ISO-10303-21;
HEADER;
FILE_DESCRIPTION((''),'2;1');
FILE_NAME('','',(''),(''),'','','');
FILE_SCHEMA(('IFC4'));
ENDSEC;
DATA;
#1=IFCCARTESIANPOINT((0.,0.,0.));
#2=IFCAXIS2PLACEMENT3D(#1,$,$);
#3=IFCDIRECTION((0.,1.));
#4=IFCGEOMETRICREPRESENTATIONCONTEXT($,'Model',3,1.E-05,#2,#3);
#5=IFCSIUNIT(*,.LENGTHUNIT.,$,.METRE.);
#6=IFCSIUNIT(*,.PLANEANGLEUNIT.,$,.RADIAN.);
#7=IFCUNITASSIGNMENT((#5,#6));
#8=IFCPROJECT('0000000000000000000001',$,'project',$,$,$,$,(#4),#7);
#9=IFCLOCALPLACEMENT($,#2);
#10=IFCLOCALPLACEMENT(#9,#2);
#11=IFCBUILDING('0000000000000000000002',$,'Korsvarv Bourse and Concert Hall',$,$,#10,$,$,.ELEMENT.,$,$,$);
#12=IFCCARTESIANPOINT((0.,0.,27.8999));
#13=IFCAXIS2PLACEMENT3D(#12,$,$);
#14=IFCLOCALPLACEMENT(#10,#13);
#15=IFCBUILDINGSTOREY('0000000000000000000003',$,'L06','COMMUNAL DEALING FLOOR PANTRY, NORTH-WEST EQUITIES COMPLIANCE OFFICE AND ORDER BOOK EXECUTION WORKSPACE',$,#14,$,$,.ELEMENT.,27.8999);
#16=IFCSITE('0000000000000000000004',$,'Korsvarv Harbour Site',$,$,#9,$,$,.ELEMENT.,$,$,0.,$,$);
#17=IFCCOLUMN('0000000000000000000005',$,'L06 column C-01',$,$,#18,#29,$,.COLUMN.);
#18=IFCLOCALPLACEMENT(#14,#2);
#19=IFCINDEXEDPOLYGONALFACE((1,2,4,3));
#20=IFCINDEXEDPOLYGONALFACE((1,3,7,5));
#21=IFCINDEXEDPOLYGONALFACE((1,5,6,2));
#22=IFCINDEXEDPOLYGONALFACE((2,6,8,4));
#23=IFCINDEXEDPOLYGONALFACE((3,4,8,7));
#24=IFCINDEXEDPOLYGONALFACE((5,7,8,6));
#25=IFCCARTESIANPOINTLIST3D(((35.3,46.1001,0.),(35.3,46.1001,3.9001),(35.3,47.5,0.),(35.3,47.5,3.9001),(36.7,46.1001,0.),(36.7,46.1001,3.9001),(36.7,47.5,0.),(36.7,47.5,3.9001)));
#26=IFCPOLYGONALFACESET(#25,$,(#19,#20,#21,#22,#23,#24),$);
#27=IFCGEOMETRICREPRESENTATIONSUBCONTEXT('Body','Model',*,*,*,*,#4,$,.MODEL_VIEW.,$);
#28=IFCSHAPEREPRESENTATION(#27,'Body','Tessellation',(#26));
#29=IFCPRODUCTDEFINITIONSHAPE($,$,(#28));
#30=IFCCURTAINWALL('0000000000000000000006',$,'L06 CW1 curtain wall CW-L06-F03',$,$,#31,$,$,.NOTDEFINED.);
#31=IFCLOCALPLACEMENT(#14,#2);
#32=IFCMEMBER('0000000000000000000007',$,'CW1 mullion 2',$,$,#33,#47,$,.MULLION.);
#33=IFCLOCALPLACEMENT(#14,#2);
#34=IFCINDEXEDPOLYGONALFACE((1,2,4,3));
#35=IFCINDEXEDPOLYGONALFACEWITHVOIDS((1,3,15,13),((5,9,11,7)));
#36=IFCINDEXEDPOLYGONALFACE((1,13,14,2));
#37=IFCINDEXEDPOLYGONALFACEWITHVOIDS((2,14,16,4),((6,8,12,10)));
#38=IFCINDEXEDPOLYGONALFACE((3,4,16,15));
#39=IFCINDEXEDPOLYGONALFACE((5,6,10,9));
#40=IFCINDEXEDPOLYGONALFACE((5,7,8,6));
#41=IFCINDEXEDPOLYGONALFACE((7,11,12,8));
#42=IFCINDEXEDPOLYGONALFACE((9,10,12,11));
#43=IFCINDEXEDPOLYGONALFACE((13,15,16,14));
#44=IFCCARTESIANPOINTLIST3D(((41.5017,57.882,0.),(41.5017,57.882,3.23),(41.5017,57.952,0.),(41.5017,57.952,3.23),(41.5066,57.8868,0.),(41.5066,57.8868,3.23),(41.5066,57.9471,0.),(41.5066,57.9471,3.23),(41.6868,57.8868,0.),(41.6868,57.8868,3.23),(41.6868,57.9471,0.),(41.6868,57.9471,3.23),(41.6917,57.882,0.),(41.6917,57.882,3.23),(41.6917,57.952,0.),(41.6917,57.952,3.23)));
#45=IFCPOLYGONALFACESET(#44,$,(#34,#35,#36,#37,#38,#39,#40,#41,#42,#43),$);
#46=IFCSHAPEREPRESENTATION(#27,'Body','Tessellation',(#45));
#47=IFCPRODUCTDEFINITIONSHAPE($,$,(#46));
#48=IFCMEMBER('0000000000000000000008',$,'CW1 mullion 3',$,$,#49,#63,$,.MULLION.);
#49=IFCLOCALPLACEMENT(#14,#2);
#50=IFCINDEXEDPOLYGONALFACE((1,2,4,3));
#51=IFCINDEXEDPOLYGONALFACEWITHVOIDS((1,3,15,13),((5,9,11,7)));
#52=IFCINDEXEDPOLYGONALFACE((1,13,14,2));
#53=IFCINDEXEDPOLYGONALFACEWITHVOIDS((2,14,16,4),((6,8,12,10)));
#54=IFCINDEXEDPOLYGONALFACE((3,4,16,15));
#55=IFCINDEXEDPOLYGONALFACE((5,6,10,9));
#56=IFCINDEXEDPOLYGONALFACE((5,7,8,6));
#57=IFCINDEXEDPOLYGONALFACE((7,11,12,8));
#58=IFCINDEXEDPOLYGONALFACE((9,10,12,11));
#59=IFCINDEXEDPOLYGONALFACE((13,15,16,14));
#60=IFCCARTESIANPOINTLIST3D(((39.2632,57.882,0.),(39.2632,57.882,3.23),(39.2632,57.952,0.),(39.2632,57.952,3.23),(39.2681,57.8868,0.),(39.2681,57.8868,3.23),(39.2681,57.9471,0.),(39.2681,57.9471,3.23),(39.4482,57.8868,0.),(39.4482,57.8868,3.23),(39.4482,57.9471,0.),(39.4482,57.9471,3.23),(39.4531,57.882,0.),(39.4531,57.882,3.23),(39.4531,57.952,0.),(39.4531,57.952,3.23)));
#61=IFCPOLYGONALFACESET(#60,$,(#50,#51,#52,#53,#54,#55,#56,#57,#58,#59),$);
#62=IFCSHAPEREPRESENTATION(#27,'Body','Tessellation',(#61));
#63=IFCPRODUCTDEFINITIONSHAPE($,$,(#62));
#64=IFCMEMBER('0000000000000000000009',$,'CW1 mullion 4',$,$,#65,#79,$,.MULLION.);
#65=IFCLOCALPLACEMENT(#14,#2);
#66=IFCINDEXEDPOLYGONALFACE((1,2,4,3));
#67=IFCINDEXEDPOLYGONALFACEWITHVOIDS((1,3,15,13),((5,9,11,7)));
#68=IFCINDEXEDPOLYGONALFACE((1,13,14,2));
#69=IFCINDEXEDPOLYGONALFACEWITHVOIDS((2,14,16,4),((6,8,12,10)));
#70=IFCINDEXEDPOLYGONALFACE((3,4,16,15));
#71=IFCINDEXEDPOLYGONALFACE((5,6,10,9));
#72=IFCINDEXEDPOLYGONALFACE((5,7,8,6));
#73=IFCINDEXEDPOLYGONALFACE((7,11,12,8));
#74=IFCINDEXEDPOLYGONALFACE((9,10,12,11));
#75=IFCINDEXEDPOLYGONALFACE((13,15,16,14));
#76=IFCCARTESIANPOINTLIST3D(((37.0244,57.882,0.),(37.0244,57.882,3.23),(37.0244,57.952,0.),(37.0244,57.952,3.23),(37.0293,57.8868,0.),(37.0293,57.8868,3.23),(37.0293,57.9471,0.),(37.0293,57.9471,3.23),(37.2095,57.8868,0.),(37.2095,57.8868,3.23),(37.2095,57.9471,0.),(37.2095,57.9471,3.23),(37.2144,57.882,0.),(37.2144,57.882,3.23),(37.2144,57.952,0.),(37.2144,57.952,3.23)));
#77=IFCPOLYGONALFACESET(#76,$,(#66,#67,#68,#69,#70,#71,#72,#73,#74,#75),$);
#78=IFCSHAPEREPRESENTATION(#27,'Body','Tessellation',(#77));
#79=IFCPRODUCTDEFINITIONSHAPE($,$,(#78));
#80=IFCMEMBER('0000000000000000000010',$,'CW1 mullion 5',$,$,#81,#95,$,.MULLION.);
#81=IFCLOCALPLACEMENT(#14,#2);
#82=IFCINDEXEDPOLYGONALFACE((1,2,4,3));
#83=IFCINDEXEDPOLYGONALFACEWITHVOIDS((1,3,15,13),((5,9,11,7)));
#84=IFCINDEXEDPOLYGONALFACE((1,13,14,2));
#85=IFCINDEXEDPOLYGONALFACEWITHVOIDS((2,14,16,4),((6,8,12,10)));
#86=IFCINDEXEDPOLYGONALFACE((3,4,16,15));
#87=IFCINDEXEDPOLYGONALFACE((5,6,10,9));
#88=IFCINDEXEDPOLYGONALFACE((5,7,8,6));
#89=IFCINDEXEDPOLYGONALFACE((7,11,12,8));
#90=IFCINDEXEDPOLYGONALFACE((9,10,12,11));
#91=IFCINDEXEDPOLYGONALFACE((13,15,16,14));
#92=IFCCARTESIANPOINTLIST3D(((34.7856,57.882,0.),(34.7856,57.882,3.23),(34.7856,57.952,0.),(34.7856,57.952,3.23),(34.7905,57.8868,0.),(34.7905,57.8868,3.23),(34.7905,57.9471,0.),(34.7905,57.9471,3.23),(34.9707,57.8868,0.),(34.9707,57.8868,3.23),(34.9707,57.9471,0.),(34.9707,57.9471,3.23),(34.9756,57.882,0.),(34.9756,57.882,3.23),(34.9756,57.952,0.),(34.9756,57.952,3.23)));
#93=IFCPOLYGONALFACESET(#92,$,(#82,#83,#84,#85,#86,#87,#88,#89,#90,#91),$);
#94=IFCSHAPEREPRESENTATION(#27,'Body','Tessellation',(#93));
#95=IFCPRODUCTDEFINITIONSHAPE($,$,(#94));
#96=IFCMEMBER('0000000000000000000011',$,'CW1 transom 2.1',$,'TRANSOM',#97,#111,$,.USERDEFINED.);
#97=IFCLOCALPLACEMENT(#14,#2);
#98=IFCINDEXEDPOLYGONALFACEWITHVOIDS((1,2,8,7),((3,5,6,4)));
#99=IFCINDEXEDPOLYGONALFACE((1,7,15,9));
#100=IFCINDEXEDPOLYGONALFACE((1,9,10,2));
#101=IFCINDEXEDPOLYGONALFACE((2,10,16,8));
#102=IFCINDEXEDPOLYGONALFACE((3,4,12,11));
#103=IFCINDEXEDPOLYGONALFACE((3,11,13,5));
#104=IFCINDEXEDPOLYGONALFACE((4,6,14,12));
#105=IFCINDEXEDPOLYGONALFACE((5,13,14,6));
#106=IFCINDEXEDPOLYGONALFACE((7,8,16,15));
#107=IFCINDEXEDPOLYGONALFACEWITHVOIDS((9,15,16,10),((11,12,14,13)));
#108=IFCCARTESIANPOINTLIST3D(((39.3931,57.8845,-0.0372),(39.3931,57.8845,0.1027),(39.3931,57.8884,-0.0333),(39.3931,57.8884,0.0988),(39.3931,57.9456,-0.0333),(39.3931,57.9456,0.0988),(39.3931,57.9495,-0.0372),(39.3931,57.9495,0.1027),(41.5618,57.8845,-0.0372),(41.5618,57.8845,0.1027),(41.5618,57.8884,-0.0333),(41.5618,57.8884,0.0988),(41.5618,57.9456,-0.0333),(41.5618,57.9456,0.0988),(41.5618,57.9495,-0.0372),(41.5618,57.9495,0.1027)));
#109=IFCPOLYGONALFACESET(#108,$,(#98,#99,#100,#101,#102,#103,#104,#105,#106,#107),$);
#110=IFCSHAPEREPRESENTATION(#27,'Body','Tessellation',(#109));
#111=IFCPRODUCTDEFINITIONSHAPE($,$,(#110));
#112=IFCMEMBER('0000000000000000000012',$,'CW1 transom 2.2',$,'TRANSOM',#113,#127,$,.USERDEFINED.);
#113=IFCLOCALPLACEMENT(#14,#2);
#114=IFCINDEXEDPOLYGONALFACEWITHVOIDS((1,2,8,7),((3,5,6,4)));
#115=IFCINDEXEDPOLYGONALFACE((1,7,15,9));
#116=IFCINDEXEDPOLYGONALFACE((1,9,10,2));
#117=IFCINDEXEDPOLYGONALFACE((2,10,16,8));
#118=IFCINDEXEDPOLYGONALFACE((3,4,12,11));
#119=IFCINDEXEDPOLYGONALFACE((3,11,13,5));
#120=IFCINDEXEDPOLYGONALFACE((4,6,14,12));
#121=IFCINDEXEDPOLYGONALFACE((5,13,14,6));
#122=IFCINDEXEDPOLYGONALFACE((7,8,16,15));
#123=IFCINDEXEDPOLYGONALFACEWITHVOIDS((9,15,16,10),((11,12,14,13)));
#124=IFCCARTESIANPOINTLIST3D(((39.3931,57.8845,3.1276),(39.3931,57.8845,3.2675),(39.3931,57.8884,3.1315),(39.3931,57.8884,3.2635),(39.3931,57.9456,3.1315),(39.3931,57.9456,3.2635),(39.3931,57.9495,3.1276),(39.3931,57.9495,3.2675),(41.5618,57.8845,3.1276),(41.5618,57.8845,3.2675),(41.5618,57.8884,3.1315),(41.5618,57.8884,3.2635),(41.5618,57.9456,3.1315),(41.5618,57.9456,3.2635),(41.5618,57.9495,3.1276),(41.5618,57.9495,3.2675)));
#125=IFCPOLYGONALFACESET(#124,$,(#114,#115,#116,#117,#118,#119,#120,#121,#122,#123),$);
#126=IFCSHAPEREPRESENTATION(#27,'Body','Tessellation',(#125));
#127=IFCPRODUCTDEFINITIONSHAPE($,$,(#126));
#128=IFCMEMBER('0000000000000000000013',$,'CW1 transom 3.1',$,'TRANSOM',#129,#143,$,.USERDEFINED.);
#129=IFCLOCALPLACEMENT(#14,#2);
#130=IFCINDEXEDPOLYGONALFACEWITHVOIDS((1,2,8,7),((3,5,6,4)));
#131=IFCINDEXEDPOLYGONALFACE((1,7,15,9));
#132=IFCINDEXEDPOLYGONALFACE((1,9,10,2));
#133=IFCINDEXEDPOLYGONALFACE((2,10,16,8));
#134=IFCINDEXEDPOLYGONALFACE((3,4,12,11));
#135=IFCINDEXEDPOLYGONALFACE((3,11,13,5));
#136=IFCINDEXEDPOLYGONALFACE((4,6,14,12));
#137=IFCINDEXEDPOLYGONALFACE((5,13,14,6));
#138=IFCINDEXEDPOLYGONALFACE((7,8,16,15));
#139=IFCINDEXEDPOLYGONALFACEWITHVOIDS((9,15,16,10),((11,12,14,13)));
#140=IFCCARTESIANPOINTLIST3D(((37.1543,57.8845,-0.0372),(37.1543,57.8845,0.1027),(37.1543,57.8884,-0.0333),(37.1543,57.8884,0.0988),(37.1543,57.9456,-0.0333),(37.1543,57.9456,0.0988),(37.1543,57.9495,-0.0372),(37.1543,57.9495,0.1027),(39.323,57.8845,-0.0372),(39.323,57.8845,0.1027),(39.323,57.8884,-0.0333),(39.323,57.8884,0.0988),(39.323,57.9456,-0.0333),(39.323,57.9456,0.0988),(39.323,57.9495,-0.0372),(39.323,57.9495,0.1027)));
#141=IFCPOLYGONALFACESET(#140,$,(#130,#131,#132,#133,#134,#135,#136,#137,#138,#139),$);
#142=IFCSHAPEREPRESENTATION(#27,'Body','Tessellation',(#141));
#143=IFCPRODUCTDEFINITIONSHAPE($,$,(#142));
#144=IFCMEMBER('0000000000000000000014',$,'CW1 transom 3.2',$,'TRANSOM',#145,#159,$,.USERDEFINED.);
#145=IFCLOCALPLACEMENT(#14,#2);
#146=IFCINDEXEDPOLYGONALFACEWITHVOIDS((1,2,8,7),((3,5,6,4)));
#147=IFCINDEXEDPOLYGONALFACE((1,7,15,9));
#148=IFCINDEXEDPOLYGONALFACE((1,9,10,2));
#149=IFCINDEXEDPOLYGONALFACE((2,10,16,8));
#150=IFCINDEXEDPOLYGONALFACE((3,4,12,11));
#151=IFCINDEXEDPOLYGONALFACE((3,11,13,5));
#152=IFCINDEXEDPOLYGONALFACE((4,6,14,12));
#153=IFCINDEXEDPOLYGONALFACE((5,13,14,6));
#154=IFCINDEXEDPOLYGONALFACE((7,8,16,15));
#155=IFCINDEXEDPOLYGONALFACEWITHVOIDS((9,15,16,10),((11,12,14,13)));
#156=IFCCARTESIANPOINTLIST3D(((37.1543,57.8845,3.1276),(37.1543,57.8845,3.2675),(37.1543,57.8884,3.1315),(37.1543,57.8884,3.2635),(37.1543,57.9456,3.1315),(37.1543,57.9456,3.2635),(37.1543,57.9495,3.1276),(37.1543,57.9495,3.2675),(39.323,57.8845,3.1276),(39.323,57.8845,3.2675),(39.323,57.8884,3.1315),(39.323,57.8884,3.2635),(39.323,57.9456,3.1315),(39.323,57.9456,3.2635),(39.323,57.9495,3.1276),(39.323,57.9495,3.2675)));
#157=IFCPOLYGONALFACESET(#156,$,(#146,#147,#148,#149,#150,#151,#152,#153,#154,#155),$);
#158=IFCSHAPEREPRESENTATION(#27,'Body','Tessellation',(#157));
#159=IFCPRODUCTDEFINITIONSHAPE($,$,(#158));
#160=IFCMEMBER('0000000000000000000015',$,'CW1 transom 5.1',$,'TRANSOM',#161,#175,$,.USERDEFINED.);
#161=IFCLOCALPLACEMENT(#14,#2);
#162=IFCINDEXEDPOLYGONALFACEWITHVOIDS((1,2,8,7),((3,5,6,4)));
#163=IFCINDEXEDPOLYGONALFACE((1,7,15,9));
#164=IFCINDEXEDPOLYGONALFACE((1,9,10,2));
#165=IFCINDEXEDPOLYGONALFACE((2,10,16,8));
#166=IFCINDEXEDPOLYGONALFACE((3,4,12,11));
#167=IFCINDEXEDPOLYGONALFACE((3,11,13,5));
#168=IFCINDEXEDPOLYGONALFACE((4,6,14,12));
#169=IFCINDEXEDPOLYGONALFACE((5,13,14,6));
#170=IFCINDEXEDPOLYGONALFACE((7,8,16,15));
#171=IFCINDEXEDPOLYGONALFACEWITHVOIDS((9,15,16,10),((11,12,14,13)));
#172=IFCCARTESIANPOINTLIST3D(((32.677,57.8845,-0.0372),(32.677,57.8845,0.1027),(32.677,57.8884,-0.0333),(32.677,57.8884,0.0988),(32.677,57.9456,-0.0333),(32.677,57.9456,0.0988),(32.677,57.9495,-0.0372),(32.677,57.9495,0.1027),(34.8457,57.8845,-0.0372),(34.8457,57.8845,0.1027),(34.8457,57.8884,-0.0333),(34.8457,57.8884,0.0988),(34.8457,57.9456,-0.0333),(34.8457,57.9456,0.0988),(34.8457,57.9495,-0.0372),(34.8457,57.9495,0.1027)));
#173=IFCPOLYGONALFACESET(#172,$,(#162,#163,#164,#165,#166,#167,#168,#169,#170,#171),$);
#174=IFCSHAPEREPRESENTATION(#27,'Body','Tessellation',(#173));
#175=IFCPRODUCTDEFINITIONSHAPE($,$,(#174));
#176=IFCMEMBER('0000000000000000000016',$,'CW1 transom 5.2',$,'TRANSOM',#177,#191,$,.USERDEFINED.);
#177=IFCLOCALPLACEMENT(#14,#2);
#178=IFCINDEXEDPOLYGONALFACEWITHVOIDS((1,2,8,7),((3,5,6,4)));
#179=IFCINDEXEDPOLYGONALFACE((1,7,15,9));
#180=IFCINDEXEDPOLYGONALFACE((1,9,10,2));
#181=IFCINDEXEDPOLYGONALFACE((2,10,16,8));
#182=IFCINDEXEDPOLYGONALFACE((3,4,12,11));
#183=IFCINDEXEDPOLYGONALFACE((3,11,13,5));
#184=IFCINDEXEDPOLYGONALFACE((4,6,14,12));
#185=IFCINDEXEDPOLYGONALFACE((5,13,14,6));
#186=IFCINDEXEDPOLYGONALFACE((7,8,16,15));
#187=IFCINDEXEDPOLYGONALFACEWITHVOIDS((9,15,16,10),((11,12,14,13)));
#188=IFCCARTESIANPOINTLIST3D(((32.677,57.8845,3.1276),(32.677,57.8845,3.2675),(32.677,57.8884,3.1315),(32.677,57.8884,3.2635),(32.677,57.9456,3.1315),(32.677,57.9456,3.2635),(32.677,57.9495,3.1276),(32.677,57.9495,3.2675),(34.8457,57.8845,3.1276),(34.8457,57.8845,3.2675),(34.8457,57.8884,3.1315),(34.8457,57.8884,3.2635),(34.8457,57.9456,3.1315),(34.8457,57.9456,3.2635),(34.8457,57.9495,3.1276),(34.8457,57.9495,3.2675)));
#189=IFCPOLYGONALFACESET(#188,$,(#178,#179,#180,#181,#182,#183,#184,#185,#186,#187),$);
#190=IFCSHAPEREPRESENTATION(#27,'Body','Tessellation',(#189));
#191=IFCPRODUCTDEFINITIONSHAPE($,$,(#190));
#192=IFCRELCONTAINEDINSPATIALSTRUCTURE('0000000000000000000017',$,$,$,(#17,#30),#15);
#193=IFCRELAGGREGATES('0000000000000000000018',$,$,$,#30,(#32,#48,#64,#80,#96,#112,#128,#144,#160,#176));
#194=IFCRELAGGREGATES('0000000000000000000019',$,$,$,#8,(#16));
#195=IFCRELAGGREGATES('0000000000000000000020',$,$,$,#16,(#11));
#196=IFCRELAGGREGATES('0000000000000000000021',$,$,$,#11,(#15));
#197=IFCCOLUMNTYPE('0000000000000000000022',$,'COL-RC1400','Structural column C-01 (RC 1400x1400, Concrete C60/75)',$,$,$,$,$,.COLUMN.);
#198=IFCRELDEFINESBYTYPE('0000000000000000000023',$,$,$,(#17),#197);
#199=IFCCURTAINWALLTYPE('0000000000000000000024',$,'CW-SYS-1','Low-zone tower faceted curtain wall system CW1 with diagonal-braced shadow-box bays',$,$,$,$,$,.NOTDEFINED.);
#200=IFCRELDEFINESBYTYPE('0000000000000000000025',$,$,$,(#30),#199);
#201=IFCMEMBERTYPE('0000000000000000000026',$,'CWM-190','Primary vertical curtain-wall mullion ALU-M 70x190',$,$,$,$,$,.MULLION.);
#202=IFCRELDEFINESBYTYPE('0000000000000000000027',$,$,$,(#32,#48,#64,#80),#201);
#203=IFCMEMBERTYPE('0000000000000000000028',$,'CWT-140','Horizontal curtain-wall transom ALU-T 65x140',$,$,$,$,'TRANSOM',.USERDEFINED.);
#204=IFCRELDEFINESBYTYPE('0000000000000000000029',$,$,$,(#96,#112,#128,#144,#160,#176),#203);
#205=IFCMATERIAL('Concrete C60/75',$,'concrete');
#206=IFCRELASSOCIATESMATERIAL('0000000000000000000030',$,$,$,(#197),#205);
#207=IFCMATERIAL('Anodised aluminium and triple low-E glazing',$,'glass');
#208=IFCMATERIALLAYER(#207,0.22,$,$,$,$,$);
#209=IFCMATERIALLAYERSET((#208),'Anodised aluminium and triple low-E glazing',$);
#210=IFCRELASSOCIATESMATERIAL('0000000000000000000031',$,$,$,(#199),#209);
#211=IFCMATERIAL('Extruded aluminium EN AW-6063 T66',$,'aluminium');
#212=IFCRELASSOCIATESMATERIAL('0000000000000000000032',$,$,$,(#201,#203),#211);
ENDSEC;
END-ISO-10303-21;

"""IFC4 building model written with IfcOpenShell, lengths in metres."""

from ifc_helpers import new_model, si_unit, direction, frame, origin, origin_2d, place, context, subcontext, project, spatial, rectangle, hollow_rectangle, extrude, source, transform, mapped, material, layer, layer_set, material_profile, profile_set, type_object, element, aggregate, save


model = new_model("IFC4")

# Units and contexts
model_context = context("Model", 3, precision=1e-05, world=origin(), true_north=direction((0.0, 1.0)))
body_context = subcontext(model_context, "Body", "Model", "MODEL_VIEW")
ifc_project = project(units=[si_unit("LENGTHUNIT", "METRE"), si_unit("PLANEANGLEUNIT", "RADIAN")], contexts=[model_context])

# Site, building, storey
site_placement = place(None, origin())
site = spatial("IfcSite", under=ifc_project, at=site_placement, Name="Korsvarv Harbour Site", CompositionType="ELEMENT", RefElevation=0.0)
building_placement = place(site_placement, origin())
building = spatial("IfcBuilding", under=site, at=building_placement, Name="Korsvarv Bourse and Concert Hall", CompositionType="ELEMENT")
storey_placement = place(building_placement, frame((0.0, 0.0, 27.8999)))
storey = spatial("IfcBuildingStorey", under=building, at=storey_placement, Name="L06", Description="COMMUNAL DEALING FLOOR PANTRY, NORTH-WEST EQUITIES COMPLIANCE OFFICE AND ORDER BOOK EXECUTION WORKSPACE", CompositionType="ELEMENT", Elevation=27.8999)

# Column
ifc_material_1 = material(Name="Concrete C60/75", Category="concrete")
ifc_material_profile_1 = material_profile(ifc_material_1, rectangle(XDim=1.3999, YDim=1.3999, at=origin_2d()), Name="RC 1400x1400")
ifc_profile_set_1 = profile_set([ifc_material_profile_1], Name="Concrete C60/75")
column_type = type_object("IfcColumnType", Name="COL-RC1400", Description="Structural column C-01 (RC 1400x1400, Concrete C60/75)", PredefinedType="COLUMN", material=ifc_profile_set_1)
shared_shape_1 = source(origin(), body_context, "Body", "SweptSolid", [
    extrude(rectangle(XDim=1.3999, YDim=1.3999, at=origin_2d()), origin(), (0.0, 0.0, 1.0), 3.9001),
])
column_placement = place(storey_placement, frame((36.0, 46.8, 0.0), z_axis=(0.0, 0.0, 1.0), x_axis=(1.0, 0.0, 0.0)))
element("IfcColumn", 1, at=column_placement, inside=storey, type_object=column_type, Name="L06 column C-01", PredefinedType="COLUMN", context=body_context, shape_type="MappedRepresentation", body=[
    mapped(shared_shape_1, transform((0.0, 0.0, 0.0), scale=1.0)),
])

# Curtain wall, members
ifc_material_2 = material(Name="Anodised aluminium and triple low-E glazing", Category="glass")
ifc_layer_1 = layer(ifc_material_2, 0.22)
ifc_layer_set_1 = layer_set([ifc_layer_1], Name="Anodised aluminium and triple low-E glazing")
curtain_wall_type = type_object("IfcCurtainWallType", Name="CW-SYS-1", Description="Low-zone tower faceted curtain wall system CW1 with diagonal-braced shadow-box bays", PredefinedType="NOTDEFINED", material=ifc_layer_set_1)
curtain_wall_placement = place(storey_placement, origin())
curtain_wall = element("IfcCurtainWall", 2, at=curtain_wall_placement, inside=storey, type_object=curtain_wall_type, Name="L06 CW1 curtain wall CW-L06-F03", PredefinedType="NOTDEFINED")
ifc_material_3 = material(Name="Extruded aluminium EN AW-6063 T66", Category="aluminium")
ifc_material_profile_2 = material_profile(ifc_material_3, hollow_rectangle(XDim=0.0701, YDim=0.1899, WallThickness=0.0049, at=origin_2d()), Name="ALU-M 70x190")
ifc_profile_set_2 = profile_set([ifc_material_profile_2], Name="Extruded aluminium EN AW-6063 T66")
member_type_1 = type_object("IfcMemberType", Name="CWM-190", Description="Primary vertical curtain-wall mullion ALU-M 70x190", PredefinedType="MULLION", material=ifc_profile_set_2)
shared_shape_2 = source(origin(), body_context, "Body", "SweptSolid", [
    extrude(hollow_rectangle(XDim=0.0701, YDim=0.1899, WallThickness=0.0049, at=origin_2d()), origin(), (0.0, 0.0, 1.0), 3.23),
])
member_1_placement = place(storey_placement, frame((41.5967, 57.917, 0.0), z_axis=(0.0, 0.0, 1.0), x_axis=(0.0, -1.0, 0.0)))
member_1 = element("IfcMember", 3, at=member_1_placement, type_object=member_type_1, Name="CW1 mullion 2", PredefinedType="MULLION", context=body_context, shape_type="MappedRepresentation", body=[
    mapped(shared_shape_2, transform((0.0, 0.0, 0.0), scale=1.0)),
])
member_2_placement = place(storey_placement, frame((39.3582, 57.917, 0.0), z_axis=(0.0, 0.0, 1.0), x_axis=(0.0, -1.0, 0.0)))
member_2 = element("IfcMember", 4, at=member_2_placement, type_object=member_type_1, Name="CW1 mullion 3", PredefinedType="MULLION", context=body_context, shape_type="MappedRepresentation", body=[
    mapped(shared_shape_2, transform((0.0, 0.0, 0.0), scale=1.0)),
])
member_3_placement = place(storey_placement, frame((37.1194, 57.917, 0.0), z_axis=(0.0, 0.0, 1.0), x_axis=(0.0, -1.0, 0.0)))
member_3 = element("IfcMember", 5, at=member_3_placement, type_object=member_type_1, Name="CW1 mullion 4", PredefinedType="MULLION", context=body_context, shape_type="MappedRepresentation", body=[
    mapped(shared_shape_2, transform((0.0, 0.0, 0.0), scale=1.0)),
])
member_4_placement = place(storey_placement, frame((34.8806, 57.917, 0.0), z_axis=(0.0, 0.0, 1.0), x_axis=(0.0, -1.0, 0.0)))
member_4 = element("IfcMember", 6, at=member_4_placement, type_object=member_type_1, Name="CW1 mullion 5", PredefinedType="MULLION", context=body_context, shape_type="MappedRepresentation", body=[
    mapped(shared_shape_2, transform((0.0, 0.0, 0.0), scale=1.0)),
])
ifc_material_profile_3 = material_profile(ifc_material_3, hollow_rectangle(XDim=0.0649, YDim=0.1399, WallThickness=0.0039, at=origin_2d()), Name="ALU-T 65x140")
ifc_profile_set_3 = profile_set([ifc_material_profile_3], Name="Extruded aluminium EN AW-6063 T66")
member_type_2 = type_object("IfcMemberType", Name="CWT-140", Description="Horizontal curtain-wall transom ALU-T 65x140", ElementType="TRANSOM", PredefinedType="USERDEFINED", material=ifc_profile_set_3)
shared_shape_3 = source(origin(), body_context, "Body", "SweptSolid", [
    extrude(hollow_rectangle(XDim=0.0649, YDim=0.1399, WallThickness=0.0039, at=origin_2d()), origin(), (0.0, 0.0, 1.0), 2.1687),
])
member_5_placement = place(storey_placement, frame((41.5618, 57.917, 0.0327), z_axis=(-1.0, 0.0, 0.0), x_axis=(0.0, -1.0, 0.0)))
member_5 = element("IfcMember", 7, at=member_5_placement, type_object=member_type_2, Name="CW1 transom 2.1", ObjectType="TRANSOM", PredefinedType="USERDEFINED", context=body_context, shape_type="MappedRepresentation", body=[
    mapped(shared_shape_3, transform((0.0, 0.0, 0.0), scale=1.0)),
])
member_6_placement = place(storey_placement, frame((41.5618, 57.917, 3.1975), z_axis=(-1.0, 0.0, 0.0), x_axis=(0.0, -1.0, 0.0)))
member_6 = element("IfcMember", 8, at=member_6_placement, type_object=member_type_2, Name="CW1 transom 2.2", ObjectType="TRANSOM", PredefinedType="USERDEFINED", context=body_context, shape_type="MappedRepresentation", body=[
    mapped(shared_shape_3, transform((0.0, 0.0, 0.0), scale=1.0)),
])
member_7_placement = place(storey_placement, frame((39.323, 57.917, 0.0327), z_axis=(-1.0, 0.0, 0.0), x_axis=(0.0, -1.0, 0.0)))
member_7 = element("IfcMember", 9, at=member_7_placement, type_object=member_type_2, Name="CW1 transom 3.1", ObjectType="TRANSOM", PredefinedType="USERDEFINED", context=body_context, shape_type="MappedRepresentation", body=[
    mapped(shared_shape_3, transform((0.0, 0.0, 0.0), scale=1.0)),
])
member_8_placement = place(storey_placement, frame((39.323, 57.917, 3.1975), z_axis=(-1.0, 0.0, 0.0), x_axis=(0.0, -1.0, 0.0)))
member_8 = element("IfcMember", 10, at=member_8_placement, type_object=member_type_2, Name="CW1 transom 3.2", ObjectType="TRANSOM", PredefinedType="USERDEFINED", context=body_context, shape_type="MappedRepresentation", body=[
    mapped(shared_shape_3, transform((0.0, 0.0, 0.0), scale=1.0)),
])
member_9_placement = place(storey_placement, frame((34.8457, 57.917, 0.0327), z_axis=(-1.0, 0.0, 0.0), x_axis=(0.0, -1.0, 0.0)))
member_9 = element("IfcMember", 11, at=member_9_placement, type_object=member_type_2, Name="CW1 transom 5.1", ObjectType="TRANSOM", PredefinedType="USERDEFINED", context=body_context, shape_type="MappedRepresentation", body=[
    mapped(shared_shape_3, transform((0.0, 0.0, 0.0), scale=1.0)),
])
member_10_placement = place(storey_placement, frame((34.8457, 57.917, 3.1975), z_axis=(-1.0, 0.0, 0.0), x_axis=(0.0, -1.0, 0.0)))
member_10 = element("IfcMember", 12, at=member_10_placement, type_object=member_type_2, Name="CW1 transom 5.2", ObjectType="TRANSOM", PredefinedType="USERDEFINED", context=body_context, shape_type="MappedRepresentation", body=[
    mapped(shared_shape_3, transform((0.0, 0.0, 0.0), scale=1.0)),
])
aggregate(curtain_wall, [member_1, member_2, member_3, member_4, member_5, member_6, member_7, member_8, member_9, member_10])

save(model, "model.ifc")
